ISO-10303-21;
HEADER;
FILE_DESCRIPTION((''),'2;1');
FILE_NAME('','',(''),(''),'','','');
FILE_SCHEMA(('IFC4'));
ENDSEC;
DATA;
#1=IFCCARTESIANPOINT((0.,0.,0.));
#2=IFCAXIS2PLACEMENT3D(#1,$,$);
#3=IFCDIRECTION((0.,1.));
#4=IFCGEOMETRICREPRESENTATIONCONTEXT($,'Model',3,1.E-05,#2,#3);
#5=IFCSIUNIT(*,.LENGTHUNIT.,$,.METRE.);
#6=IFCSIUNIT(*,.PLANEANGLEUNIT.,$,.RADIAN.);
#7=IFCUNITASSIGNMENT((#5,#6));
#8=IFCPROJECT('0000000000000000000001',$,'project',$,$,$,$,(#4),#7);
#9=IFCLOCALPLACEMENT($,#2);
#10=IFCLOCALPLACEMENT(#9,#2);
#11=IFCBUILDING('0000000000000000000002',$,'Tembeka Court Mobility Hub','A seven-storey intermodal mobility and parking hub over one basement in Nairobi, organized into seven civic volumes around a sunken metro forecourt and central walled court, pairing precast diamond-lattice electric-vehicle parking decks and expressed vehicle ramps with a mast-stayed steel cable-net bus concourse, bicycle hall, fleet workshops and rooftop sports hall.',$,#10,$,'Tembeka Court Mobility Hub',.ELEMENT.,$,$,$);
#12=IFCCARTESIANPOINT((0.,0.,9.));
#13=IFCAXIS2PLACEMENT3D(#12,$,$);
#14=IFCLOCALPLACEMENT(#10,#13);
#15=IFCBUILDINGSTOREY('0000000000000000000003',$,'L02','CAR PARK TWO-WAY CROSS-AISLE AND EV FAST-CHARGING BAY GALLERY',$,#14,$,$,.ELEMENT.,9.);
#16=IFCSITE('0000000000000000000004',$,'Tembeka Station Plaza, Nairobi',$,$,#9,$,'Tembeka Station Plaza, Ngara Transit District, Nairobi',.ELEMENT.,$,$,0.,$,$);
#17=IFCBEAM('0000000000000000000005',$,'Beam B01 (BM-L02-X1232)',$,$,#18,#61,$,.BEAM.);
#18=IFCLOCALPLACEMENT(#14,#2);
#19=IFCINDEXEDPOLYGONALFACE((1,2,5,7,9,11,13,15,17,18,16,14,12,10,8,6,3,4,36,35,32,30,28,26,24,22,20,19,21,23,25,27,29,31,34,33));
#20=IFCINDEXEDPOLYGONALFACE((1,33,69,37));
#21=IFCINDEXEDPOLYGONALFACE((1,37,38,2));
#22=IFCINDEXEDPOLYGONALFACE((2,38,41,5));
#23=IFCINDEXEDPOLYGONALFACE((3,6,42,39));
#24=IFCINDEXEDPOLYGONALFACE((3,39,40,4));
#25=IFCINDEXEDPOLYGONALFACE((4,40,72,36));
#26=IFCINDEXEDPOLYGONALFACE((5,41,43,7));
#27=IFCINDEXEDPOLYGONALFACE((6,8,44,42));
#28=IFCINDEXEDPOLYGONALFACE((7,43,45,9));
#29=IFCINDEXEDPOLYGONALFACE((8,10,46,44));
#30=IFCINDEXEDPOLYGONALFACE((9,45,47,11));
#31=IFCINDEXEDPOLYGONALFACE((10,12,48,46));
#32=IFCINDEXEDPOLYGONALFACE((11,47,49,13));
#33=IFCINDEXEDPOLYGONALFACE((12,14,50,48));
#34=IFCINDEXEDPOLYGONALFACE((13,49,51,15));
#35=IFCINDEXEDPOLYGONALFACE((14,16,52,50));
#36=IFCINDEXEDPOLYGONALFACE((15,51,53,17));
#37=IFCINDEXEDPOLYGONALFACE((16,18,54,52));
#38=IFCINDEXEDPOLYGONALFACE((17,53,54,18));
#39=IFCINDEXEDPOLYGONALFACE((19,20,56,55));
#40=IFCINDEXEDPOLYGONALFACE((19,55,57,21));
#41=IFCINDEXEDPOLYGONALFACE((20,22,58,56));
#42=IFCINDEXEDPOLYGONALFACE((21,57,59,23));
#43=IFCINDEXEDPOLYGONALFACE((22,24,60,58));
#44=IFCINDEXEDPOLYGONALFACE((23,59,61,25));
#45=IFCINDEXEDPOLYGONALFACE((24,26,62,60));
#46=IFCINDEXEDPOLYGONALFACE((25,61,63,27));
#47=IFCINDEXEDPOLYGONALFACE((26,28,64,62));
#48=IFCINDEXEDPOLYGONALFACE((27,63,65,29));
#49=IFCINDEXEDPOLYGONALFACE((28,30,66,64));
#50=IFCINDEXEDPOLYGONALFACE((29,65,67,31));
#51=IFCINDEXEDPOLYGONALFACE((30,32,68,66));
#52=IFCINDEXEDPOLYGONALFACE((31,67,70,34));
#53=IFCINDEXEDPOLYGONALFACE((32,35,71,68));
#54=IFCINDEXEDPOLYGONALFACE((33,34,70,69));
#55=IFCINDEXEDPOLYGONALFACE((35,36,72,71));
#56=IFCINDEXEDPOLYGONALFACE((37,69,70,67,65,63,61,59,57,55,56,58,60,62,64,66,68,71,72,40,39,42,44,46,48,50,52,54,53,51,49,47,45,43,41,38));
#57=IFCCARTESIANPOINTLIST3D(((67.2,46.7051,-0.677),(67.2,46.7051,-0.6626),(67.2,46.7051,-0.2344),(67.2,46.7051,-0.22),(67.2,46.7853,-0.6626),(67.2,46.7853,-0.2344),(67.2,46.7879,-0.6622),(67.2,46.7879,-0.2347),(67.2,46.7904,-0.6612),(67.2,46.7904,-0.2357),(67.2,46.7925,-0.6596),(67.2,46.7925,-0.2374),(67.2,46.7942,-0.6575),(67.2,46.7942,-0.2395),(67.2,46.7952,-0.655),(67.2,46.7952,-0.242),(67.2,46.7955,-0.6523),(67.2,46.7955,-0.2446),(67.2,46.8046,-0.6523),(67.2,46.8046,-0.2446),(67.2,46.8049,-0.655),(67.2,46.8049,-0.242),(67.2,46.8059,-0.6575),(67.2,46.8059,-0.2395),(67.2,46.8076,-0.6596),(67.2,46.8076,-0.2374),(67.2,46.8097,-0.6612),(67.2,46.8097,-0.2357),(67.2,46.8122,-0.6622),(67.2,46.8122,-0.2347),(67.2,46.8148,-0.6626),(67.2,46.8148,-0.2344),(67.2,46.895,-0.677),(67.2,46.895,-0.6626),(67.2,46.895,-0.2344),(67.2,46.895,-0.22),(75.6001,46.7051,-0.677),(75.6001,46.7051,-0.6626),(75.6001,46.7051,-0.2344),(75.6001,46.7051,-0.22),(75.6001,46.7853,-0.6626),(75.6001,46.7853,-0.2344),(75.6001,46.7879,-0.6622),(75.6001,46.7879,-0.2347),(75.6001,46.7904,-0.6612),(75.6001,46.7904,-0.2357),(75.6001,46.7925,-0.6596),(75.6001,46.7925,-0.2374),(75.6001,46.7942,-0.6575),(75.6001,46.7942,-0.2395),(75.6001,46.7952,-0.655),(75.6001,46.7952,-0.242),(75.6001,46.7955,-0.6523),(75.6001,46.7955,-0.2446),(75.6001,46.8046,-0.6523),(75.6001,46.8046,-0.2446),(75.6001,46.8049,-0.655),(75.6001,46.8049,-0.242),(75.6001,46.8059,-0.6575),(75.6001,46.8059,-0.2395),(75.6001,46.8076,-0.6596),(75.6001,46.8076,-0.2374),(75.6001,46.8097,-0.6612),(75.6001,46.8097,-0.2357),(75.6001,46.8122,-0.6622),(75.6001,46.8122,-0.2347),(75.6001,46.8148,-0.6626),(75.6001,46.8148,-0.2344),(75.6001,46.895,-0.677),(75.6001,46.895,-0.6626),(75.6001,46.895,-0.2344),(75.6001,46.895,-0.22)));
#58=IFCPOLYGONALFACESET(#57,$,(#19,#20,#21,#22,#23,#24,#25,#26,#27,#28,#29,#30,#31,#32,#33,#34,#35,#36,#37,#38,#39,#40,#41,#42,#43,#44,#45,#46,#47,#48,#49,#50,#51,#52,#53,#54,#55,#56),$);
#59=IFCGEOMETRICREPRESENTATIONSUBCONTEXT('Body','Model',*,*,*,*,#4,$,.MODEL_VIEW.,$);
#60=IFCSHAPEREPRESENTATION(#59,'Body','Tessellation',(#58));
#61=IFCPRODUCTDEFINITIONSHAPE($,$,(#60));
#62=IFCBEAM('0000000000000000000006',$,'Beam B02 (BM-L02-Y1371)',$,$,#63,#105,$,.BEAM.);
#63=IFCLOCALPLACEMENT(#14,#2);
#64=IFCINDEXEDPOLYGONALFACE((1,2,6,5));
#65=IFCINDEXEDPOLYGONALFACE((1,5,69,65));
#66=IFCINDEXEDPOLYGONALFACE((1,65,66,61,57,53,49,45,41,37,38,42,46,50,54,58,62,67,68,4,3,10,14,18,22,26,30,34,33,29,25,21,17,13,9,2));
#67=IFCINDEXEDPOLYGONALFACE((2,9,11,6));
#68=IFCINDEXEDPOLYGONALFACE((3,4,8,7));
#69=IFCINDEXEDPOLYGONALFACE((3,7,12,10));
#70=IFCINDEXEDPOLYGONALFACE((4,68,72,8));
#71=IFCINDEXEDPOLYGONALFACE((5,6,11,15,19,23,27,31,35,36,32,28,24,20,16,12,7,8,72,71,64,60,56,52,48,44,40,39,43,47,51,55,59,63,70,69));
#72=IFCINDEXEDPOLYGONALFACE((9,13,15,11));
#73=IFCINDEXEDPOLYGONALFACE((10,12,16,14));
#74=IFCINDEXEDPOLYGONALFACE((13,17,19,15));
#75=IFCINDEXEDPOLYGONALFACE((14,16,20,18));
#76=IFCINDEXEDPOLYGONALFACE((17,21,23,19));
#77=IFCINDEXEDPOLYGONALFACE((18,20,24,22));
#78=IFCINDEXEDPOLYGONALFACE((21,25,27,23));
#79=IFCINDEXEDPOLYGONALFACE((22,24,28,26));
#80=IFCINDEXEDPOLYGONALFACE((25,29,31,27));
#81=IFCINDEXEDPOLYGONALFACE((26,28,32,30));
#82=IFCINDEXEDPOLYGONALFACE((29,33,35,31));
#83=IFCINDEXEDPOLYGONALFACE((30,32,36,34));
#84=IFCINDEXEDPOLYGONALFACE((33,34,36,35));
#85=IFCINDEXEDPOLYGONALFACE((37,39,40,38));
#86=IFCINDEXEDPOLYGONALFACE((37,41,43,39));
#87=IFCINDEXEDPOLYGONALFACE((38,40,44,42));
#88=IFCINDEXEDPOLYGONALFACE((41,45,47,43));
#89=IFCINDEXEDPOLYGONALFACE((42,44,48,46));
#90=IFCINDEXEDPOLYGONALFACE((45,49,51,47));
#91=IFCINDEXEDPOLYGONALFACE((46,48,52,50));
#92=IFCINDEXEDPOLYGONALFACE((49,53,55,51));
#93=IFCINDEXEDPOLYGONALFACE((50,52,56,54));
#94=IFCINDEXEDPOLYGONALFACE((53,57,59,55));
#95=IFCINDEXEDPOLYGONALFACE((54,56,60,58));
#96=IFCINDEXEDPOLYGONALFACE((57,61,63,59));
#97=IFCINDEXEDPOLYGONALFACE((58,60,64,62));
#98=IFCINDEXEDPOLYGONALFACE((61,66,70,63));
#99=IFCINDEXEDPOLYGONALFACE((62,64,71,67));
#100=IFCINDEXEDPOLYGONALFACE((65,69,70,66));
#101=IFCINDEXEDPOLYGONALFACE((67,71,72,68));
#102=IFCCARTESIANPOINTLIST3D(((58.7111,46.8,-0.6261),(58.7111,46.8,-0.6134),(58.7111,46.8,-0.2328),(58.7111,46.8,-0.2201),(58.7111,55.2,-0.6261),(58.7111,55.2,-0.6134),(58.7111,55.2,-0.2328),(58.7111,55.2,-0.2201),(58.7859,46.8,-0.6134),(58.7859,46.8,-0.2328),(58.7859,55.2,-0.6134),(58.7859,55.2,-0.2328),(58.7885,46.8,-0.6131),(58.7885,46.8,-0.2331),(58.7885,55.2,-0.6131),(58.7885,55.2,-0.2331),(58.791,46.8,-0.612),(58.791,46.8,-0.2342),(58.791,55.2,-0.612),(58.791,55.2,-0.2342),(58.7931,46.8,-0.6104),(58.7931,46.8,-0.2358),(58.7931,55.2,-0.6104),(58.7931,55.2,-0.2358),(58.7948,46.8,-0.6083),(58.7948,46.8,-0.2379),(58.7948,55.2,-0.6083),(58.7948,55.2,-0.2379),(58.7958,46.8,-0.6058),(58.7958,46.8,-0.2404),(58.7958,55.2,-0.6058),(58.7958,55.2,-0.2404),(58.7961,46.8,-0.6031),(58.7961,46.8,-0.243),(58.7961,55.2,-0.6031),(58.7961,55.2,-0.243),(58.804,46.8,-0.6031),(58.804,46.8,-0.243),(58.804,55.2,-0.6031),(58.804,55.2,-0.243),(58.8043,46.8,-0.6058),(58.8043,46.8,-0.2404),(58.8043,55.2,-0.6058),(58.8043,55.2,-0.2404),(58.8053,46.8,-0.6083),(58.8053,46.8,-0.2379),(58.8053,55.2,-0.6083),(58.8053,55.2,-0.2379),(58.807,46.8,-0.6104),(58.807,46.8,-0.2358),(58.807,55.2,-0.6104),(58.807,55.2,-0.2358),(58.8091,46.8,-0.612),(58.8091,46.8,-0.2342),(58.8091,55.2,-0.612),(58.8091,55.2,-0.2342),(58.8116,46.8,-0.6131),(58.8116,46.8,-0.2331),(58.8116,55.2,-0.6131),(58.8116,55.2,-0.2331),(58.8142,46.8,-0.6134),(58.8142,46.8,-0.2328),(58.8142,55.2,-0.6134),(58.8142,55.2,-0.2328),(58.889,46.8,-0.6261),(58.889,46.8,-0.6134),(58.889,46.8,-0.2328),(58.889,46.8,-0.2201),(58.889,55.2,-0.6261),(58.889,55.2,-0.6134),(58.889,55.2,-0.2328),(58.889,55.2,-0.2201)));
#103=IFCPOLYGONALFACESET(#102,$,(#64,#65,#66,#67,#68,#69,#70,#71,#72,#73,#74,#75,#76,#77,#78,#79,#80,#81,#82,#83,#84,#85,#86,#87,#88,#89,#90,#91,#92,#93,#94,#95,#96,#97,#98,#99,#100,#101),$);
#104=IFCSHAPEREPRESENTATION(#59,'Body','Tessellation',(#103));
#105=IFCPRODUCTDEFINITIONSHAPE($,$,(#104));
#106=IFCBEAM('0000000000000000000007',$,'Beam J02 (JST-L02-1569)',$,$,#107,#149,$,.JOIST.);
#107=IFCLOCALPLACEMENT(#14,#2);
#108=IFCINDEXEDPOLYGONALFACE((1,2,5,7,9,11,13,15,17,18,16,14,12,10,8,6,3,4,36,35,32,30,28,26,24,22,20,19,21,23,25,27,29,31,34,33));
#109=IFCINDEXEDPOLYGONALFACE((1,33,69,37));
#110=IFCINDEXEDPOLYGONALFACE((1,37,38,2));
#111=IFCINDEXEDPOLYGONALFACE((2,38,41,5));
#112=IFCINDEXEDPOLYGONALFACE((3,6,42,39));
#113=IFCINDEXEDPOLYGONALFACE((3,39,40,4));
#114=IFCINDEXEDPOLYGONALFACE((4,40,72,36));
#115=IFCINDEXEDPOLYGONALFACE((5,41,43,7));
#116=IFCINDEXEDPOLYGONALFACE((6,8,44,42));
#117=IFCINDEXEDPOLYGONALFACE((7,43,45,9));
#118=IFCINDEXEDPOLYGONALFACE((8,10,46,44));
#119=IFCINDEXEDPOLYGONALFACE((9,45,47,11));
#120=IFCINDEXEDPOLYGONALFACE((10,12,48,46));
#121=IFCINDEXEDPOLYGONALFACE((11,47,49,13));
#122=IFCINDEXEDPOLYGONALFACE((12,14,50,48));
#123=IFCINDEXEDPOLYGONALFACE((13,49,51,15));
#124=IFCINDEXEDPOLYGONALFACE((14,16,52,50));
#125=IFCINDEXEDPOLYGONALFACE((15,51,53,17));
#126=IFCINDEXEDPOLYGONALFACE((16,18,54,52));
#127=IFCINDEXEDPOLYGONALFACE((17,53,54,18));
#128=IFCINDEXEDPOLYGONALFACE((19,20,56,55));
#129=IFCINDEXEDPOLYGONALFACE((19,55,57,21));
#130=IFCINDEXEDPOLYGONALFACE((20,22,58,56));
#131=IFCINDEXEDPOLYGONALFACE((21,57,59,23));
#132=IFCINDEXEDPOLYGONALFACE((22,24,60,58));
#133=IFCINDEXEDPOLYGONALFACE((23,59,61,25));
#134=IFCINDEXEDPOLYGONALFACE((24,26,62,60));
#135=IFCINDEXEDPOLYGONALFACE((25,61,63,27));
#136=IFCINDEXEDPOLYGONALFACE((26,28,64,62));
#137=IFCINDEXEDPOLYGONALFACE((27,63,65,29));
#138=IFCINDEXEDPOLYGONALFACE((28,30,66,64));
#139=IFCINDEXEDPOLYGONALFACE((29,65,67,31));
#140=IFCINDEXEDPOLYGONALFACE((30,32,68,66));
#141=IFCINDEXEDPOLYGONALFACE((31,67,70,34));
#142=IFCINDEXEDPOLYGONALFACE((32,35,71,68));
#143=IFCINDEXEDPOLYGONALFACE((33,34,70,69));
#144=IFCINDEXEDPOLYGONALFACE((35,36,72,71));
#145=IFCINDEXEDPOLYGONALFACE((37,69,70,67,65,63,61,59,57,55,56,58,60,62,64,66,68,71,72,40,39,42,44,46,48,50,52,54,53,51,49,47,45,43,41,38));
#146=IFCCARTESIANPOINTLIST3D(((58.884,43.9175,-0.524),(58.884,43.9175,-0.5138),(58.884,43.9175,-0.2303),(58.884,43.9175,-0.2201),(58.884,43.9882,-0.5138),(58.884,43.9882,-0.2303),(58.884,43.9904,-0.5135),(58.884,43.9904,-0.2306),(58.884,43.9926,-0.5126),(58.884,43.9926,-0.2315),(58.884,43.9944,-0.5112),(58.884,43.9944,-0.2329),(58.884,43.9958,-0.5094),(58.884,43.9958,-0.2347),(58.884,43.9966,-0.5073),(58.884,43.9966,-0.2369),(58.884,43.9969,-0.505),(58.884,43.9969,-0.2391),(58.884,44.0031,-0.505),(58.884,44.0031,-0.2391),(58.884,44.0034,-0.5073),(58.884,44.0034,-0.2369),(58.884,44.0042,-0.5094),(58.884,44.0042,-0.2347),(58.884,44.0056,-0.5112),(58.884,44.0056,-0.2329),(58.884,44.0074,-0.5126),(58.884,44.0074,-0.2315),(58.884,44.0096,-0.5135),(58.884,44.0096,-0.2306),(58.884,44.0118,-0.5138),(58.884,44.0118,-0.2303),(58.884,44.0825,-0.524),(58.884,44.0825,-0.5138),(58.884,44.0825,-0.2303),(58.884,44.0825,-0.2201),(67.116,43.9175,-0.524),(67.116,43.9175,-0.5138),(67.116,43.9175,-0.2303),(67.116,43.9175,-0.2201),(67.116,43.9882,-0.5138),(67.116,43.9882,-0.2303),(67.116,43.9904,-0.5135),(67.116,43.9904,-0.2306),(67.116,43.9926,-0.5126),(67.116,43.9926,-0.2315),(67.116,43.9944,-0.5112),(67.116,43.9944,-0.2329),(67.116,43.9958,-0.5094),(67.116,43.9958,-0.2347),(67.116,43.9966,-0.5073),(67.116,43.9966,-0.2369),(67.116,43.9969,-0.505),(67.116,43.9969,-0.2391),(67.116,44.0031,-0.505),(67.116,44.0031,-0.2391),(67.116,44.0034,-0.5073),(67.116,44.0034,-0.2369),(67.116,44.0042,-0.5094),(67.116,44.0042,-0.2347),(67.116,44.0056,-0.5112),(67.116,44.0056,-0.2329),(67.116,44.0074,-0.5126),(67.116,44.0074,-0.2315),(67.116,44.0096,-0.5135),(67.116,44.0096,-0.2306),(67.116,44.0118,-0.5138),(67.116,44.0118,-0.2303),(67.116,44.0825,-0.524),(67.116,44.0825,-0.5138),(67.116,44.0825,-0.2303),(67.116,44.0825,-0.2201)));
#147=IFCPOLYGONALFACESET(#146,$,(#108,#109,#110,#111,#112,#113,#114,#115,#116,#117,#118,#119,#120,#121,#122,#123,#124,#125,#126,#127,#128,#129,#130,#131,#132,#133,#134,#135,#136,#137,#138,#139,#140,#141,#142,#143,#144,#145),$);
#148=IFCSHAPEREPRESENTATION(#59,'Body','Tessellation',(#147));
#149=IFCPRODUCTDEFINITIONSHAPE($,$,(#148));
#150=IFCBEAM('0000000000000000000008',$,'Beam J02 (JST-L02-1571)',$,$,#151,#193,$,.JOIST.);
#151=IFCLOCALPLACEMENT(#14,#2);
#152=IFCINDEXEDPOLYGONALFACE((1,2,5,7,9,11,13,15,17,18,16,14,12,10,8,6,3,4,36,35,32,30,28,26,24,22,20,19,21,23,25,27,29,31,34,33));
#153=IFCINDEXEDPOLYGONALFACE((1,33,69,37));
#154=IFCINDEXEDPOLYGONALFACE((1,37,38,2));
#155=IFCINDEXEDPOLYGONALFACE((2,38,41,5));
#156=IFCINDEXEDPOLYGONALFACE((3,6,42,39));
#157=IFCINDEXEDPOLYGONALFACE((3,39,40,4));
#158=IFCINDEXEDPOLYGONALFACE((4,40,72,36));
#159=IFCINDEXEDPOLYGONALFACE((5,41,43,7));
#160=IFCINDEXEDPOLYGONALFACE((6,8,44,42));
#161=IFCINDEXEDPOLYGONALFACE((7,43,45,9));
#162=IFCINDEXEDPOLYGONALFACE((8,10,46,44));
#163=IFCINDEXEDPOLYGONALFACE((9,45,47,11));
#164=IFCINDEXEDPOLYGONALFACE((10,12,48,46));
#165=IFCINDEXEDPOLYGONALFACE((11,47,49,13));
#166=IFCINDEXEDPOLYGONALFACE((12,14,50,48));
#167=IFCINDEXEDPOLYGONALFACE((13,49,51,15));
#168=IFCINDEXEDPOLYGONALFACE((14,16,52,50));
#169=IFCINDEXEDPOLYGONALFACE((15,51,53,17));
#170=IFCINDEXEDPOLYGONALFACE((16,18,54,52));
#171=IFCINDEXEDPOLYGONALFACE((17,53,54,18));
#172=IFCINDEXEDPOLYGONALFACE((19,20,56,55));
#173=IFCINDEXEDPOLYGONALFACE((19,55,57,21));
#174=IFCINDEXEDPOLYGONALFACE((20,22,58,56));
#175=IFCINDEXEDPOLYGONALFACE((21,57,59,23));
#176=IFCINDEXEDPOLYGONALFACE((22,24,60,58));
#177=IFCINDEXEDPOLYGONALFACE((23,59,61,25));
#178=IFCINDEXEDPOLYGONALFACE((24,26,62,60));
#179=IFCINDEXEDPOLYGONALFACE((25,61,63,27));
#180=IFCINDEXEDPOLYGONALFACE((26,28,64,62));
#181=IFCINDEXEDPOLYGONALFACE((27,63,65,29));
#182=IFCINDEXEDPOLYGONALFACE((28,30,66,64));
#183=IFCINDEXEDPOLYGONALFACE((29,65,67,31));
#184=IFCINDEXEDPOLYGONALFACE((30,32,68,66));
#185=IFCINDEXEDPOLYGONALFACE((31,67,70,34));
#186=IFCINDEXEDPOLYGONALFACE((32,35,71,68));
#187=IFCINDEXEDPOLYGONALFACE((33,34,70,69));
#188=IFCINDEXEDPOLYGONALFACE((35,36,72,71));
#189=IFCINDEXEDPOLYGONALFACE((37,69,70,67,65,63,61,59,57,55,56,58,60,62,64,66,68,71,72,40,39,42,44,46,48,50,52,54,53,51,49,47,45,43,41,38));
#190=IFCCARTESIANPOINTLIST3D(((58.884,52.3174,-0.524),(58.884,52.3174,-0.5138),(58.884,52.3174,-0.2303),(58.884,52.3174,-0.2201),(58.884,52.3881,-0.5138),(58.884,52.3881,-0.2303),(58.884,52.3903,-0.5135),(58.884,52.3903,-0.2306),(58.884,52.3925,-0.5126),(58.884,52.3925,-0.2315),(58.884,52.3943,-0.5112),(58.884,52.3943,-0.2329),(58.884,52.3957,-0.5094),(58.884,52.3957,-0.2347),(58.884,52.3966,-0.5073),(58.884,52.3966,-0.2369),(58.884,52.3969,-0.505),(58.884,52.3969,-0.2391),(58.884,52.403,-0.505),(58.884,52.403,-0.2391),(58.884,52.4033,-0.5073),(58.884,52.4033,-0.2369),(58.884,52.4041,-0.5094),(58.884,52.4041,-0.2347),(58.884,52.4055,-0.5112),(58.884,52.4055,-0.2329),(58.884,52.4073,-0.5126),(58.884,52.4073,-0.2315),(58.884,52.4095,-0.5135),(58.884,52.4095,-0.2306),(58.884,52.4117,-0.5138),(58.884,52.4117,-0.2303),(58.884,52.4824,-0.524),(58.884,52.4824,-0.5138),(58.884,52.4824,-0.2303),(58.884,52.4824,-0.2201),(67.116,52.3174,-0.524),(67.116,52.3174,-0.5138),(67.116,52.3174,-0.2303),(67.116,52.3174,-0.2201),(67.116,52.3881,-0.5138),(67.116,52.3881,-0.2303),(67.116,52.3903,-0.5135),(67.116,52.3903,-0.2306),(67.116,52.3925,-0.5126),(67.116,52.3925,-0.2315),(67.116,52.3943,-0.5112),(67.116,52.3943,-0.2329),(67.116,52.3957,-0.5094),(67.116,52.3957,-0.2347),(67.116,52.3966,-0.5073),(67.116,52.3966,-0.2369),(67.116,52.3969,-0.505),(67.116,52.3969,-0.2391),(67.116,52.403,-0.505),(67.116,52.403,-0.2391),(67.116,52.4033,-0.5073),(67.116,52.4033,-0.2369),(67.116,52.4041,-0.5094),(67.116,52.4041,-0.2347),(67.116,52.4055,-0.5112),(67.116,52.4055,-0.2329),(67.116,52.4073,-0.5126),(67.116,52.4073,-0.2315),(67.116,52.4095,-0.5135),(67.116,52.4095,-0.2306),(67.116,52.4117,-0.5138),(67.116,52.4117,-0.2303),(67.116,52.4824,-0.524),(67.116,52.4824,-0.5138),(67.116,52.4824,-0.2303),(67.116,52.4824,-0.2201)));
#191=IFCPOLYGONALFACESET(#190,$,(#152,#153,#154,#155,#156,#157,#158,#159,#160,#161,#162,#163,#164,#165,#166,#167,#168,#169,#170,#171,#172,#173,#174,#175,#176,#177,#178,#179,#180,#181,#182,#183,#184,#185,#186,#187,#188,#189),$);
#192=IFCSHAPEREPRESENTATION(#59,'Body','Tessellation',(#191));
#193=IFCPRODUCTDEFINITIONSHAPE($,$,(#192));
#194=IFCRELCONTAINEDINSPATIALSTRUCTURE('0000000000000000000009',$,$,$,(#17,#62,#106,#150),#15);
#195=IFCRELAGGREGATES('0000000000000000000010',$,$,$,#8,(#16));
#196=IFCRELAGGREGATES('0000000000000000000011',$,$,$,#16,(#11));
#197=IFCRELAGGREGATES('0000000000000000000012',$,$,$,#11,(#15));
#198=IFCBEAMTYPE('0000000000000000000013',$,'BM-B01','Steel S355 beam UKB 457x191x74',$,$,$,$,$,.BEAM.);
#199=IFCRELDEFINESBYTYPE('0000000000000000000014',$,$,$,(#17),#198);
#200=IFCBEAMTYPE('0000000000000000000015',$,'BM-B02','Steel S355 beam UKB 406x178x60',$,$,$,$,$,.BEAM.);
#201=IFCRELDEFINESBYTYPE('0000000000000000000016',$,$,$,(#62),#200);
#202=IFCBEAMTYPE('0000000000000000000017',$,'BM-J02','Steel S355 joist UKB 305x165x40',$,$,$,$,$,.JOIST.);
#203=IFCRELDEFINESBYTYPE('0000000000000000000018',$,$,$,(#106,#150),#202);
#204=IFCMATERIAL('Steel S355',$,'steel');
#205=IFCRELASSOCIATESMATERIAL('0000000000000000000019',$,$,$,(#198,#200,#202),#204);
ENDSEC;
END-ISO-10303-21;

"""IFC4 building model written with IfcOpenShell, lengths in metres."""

from ifc_helpers import new_model, si_unit, direction, frame, origin, origin_2d, place, context, subcontext, project, spatial, i_section, extrude, material, material_profile, profile_set, type_object, element, save


model = new_model("IFC4")

# Units and contexts
model_context = context("Model", 3, precision=1e-05, world=origin(), true_north=direction((0.0, 1.0)))
body_context = subcontext(model_context, "Body", "Model", "MODEL_VIEW")
ifc_project = project(units=[si_unit("LENGTHUNIT", "METRE"), si_unit("PLANEANGLEUNIT", "RADIAN")], contexts=[model_context])

# Site, building, storey
site_placement = place(None, origin())
site = spatial("IfcSite", under=ifc_project, at=site_placement, Name="Tembeka Station Plaza, Nairobi", LongName="Tembeka Station Plaza, Ngara Transit District, Nairobi", CompositionType="ELEMENT", RefElevation=0.0)
building_placement = place(site_placement, origin())
building = spatial("IfcBuilding", under=site, at=building_placement, Name="Tembeka Court Mobility Hub", Description="A seven-storey intermodal mobility and parking hub over one basement in Nairobi, organized into seven civic volumes around a sunken metro forecourt and central walled court, pairing precast diamond-lattice electric-vehicle parking decks and expressed vehicle ramps with a mast-stayed steel cable-net bus concourse, bicycle hall, fleet workshops and rooftop sports hall.", LongName="Tembeka Court Mobility Hub", CompositionType="ELEMENT")
storey_placement = place(building_placement, frame((0.0, 0.0, 9.0)))
storey = spatial("IfcBuildingStorey", under=building, at=storey_placement, Name="L02", Description="CAR PARK TWO-WAY CROSS-AISLE AND EV FAST-CHARGING BAY GALLERY", CompositionType="ELEMENT", Elevation=9.0)

# Shared definitions
ifc_material_1 = material(Name="Steel S355", Category="steel")

# Beams
ifc_material_profile_1 = material_profile(ifc_material_1, i_section(OverallWidth=0.1899, OverallDepth=0.457, WebThickness=0.009, FlangeThickness=0.0144, FilletRadius=0.0103, at=origin_2d()), Name="UKB 457x191x74")
ifc_profile_set_1 = profile_set([ifc_material_profile_1], Name="Steel S355")
beam_type_1 = type_object("IfcBeamType", Name="BM-B01", Description="Steel S355 beam UKB 457x191x74", PredefinedType="BEAM", material=ifc_profile_set_1)
beam_1_placement = place(storey_placement, frame((67.2, 46.8, -0.4485), z_axis=(1.0, 0.0, 0.0), x_axis=(0.0, 1.0, 0.0)))
element("IfcBeam", 1, at=beam_1_placement, inside=storey, type_object=beam_type_1, Name="Beam B01 (BM-L02-X1232)", PredefinedType="BEAM", context=body_context, shape_type="SweptSolid", body=[
    extrude(i_section(OverallWidth=0.1899, OverallDepth=0.457, WebThickness=0.009, FlangeThickness=0.0144, FilletRadius=0.0103, at=origin_2d()), origin(), (0.0, 0.0, 1.0), 8.4001),
])
ifc_material_profile_2 = material_profile(ifc_material_1, i_section(OverallWidth=0.178, OverallDepth=0.406, WebThickness=0.0078, FlangeThickness=0.0127, FilletRadius=0.0103, at=origin_2d()), Name="UKB 406x178x60")
ifc_profile_set_2 = profile_set([ifc_material_profile_2], Name="Steel S355")
beam_type_2 = type_object("IfcBeamType", Name="BM-B02", Description="Steel S355 beam UKB 406x178x60", PredefinedType="BEAM", material=ifc_profile_set_2)
beam_2_placement = place(storey_placement, frame((58.8, 46.8, -0.4231), z_axis=(0.0, 1.0, 0.0), x_axis=(-1.0, 0.0, 0.0)))
element("IfcBeam", 2, at=beam_2_placement, inside=storey, type_object=beam_type_2, Name="Beam B02 (BM-L02-Y1371)", PredefinedType="BEAM", context=body_context, shape_type="SweptSolid", body=[
    extrude(i_section(OverallWidth=0.178, OverallDepth=0.406, WebThickness=0.0078, FlangeThickness=0.0127, FilletRadius=0.0103, at=origin_2d()), origin(), (0.0, 0.0, 1.0), 8.3999),
])
ifc_material_profile_3 = material_profile(ifc_material_1, i_section(OverallWidth=0.165, OverallDepth=0.304, WebThickness=0.0061, FlangeThickness=0.0103, FilletRadius=0.0088, at=origin_2d()), Name="UKB 305x165x40")
ifc_profile_set_3 = profile_set([ifc_material_profile_3], Name="Steel S355")
beam_type_3 = type_object("IfcBeamType", Name="BM-J02", Description="Steel S355 joist UKB 305x165x40", PredefinedType="JOIST", material=ifc_profile_set_3)
for number, where, z_axis, x_axis, name in (
    (3, (58.884, 44.0, -0.3721), (1.0, 0.0, 0.0), (0.0, 1.0, 0.0), "Beam J02 (JST-L02-1569)"),
    (4, (58.884, 52.3999, -0.3721), (1.0, 0.0, 0.0), (0.0, 1.0, 0.0), "Beam J02 (JST-L02-1571)"),
):
    element("IfcBeam", number, at=place(storey_placement, frame(where, z_axis=z_axis, x_axis=x_axis)), inside=storey, type_object=beam_type_3, Name=name, PredefinedType="JOIST", context=body_context, shape_type="SweptSolid", body=[
        extrude(i_section(OverallWidth=0.165, OverallDepth=0.304, WebThickness=0.0061, FlangeThickness=0.0103, FilletRadius=0.0088, at=origin_2d()), origin(), (0.0, 0.0, 1.0), 8.2319),
    ])

save(model, "model.ifc")
